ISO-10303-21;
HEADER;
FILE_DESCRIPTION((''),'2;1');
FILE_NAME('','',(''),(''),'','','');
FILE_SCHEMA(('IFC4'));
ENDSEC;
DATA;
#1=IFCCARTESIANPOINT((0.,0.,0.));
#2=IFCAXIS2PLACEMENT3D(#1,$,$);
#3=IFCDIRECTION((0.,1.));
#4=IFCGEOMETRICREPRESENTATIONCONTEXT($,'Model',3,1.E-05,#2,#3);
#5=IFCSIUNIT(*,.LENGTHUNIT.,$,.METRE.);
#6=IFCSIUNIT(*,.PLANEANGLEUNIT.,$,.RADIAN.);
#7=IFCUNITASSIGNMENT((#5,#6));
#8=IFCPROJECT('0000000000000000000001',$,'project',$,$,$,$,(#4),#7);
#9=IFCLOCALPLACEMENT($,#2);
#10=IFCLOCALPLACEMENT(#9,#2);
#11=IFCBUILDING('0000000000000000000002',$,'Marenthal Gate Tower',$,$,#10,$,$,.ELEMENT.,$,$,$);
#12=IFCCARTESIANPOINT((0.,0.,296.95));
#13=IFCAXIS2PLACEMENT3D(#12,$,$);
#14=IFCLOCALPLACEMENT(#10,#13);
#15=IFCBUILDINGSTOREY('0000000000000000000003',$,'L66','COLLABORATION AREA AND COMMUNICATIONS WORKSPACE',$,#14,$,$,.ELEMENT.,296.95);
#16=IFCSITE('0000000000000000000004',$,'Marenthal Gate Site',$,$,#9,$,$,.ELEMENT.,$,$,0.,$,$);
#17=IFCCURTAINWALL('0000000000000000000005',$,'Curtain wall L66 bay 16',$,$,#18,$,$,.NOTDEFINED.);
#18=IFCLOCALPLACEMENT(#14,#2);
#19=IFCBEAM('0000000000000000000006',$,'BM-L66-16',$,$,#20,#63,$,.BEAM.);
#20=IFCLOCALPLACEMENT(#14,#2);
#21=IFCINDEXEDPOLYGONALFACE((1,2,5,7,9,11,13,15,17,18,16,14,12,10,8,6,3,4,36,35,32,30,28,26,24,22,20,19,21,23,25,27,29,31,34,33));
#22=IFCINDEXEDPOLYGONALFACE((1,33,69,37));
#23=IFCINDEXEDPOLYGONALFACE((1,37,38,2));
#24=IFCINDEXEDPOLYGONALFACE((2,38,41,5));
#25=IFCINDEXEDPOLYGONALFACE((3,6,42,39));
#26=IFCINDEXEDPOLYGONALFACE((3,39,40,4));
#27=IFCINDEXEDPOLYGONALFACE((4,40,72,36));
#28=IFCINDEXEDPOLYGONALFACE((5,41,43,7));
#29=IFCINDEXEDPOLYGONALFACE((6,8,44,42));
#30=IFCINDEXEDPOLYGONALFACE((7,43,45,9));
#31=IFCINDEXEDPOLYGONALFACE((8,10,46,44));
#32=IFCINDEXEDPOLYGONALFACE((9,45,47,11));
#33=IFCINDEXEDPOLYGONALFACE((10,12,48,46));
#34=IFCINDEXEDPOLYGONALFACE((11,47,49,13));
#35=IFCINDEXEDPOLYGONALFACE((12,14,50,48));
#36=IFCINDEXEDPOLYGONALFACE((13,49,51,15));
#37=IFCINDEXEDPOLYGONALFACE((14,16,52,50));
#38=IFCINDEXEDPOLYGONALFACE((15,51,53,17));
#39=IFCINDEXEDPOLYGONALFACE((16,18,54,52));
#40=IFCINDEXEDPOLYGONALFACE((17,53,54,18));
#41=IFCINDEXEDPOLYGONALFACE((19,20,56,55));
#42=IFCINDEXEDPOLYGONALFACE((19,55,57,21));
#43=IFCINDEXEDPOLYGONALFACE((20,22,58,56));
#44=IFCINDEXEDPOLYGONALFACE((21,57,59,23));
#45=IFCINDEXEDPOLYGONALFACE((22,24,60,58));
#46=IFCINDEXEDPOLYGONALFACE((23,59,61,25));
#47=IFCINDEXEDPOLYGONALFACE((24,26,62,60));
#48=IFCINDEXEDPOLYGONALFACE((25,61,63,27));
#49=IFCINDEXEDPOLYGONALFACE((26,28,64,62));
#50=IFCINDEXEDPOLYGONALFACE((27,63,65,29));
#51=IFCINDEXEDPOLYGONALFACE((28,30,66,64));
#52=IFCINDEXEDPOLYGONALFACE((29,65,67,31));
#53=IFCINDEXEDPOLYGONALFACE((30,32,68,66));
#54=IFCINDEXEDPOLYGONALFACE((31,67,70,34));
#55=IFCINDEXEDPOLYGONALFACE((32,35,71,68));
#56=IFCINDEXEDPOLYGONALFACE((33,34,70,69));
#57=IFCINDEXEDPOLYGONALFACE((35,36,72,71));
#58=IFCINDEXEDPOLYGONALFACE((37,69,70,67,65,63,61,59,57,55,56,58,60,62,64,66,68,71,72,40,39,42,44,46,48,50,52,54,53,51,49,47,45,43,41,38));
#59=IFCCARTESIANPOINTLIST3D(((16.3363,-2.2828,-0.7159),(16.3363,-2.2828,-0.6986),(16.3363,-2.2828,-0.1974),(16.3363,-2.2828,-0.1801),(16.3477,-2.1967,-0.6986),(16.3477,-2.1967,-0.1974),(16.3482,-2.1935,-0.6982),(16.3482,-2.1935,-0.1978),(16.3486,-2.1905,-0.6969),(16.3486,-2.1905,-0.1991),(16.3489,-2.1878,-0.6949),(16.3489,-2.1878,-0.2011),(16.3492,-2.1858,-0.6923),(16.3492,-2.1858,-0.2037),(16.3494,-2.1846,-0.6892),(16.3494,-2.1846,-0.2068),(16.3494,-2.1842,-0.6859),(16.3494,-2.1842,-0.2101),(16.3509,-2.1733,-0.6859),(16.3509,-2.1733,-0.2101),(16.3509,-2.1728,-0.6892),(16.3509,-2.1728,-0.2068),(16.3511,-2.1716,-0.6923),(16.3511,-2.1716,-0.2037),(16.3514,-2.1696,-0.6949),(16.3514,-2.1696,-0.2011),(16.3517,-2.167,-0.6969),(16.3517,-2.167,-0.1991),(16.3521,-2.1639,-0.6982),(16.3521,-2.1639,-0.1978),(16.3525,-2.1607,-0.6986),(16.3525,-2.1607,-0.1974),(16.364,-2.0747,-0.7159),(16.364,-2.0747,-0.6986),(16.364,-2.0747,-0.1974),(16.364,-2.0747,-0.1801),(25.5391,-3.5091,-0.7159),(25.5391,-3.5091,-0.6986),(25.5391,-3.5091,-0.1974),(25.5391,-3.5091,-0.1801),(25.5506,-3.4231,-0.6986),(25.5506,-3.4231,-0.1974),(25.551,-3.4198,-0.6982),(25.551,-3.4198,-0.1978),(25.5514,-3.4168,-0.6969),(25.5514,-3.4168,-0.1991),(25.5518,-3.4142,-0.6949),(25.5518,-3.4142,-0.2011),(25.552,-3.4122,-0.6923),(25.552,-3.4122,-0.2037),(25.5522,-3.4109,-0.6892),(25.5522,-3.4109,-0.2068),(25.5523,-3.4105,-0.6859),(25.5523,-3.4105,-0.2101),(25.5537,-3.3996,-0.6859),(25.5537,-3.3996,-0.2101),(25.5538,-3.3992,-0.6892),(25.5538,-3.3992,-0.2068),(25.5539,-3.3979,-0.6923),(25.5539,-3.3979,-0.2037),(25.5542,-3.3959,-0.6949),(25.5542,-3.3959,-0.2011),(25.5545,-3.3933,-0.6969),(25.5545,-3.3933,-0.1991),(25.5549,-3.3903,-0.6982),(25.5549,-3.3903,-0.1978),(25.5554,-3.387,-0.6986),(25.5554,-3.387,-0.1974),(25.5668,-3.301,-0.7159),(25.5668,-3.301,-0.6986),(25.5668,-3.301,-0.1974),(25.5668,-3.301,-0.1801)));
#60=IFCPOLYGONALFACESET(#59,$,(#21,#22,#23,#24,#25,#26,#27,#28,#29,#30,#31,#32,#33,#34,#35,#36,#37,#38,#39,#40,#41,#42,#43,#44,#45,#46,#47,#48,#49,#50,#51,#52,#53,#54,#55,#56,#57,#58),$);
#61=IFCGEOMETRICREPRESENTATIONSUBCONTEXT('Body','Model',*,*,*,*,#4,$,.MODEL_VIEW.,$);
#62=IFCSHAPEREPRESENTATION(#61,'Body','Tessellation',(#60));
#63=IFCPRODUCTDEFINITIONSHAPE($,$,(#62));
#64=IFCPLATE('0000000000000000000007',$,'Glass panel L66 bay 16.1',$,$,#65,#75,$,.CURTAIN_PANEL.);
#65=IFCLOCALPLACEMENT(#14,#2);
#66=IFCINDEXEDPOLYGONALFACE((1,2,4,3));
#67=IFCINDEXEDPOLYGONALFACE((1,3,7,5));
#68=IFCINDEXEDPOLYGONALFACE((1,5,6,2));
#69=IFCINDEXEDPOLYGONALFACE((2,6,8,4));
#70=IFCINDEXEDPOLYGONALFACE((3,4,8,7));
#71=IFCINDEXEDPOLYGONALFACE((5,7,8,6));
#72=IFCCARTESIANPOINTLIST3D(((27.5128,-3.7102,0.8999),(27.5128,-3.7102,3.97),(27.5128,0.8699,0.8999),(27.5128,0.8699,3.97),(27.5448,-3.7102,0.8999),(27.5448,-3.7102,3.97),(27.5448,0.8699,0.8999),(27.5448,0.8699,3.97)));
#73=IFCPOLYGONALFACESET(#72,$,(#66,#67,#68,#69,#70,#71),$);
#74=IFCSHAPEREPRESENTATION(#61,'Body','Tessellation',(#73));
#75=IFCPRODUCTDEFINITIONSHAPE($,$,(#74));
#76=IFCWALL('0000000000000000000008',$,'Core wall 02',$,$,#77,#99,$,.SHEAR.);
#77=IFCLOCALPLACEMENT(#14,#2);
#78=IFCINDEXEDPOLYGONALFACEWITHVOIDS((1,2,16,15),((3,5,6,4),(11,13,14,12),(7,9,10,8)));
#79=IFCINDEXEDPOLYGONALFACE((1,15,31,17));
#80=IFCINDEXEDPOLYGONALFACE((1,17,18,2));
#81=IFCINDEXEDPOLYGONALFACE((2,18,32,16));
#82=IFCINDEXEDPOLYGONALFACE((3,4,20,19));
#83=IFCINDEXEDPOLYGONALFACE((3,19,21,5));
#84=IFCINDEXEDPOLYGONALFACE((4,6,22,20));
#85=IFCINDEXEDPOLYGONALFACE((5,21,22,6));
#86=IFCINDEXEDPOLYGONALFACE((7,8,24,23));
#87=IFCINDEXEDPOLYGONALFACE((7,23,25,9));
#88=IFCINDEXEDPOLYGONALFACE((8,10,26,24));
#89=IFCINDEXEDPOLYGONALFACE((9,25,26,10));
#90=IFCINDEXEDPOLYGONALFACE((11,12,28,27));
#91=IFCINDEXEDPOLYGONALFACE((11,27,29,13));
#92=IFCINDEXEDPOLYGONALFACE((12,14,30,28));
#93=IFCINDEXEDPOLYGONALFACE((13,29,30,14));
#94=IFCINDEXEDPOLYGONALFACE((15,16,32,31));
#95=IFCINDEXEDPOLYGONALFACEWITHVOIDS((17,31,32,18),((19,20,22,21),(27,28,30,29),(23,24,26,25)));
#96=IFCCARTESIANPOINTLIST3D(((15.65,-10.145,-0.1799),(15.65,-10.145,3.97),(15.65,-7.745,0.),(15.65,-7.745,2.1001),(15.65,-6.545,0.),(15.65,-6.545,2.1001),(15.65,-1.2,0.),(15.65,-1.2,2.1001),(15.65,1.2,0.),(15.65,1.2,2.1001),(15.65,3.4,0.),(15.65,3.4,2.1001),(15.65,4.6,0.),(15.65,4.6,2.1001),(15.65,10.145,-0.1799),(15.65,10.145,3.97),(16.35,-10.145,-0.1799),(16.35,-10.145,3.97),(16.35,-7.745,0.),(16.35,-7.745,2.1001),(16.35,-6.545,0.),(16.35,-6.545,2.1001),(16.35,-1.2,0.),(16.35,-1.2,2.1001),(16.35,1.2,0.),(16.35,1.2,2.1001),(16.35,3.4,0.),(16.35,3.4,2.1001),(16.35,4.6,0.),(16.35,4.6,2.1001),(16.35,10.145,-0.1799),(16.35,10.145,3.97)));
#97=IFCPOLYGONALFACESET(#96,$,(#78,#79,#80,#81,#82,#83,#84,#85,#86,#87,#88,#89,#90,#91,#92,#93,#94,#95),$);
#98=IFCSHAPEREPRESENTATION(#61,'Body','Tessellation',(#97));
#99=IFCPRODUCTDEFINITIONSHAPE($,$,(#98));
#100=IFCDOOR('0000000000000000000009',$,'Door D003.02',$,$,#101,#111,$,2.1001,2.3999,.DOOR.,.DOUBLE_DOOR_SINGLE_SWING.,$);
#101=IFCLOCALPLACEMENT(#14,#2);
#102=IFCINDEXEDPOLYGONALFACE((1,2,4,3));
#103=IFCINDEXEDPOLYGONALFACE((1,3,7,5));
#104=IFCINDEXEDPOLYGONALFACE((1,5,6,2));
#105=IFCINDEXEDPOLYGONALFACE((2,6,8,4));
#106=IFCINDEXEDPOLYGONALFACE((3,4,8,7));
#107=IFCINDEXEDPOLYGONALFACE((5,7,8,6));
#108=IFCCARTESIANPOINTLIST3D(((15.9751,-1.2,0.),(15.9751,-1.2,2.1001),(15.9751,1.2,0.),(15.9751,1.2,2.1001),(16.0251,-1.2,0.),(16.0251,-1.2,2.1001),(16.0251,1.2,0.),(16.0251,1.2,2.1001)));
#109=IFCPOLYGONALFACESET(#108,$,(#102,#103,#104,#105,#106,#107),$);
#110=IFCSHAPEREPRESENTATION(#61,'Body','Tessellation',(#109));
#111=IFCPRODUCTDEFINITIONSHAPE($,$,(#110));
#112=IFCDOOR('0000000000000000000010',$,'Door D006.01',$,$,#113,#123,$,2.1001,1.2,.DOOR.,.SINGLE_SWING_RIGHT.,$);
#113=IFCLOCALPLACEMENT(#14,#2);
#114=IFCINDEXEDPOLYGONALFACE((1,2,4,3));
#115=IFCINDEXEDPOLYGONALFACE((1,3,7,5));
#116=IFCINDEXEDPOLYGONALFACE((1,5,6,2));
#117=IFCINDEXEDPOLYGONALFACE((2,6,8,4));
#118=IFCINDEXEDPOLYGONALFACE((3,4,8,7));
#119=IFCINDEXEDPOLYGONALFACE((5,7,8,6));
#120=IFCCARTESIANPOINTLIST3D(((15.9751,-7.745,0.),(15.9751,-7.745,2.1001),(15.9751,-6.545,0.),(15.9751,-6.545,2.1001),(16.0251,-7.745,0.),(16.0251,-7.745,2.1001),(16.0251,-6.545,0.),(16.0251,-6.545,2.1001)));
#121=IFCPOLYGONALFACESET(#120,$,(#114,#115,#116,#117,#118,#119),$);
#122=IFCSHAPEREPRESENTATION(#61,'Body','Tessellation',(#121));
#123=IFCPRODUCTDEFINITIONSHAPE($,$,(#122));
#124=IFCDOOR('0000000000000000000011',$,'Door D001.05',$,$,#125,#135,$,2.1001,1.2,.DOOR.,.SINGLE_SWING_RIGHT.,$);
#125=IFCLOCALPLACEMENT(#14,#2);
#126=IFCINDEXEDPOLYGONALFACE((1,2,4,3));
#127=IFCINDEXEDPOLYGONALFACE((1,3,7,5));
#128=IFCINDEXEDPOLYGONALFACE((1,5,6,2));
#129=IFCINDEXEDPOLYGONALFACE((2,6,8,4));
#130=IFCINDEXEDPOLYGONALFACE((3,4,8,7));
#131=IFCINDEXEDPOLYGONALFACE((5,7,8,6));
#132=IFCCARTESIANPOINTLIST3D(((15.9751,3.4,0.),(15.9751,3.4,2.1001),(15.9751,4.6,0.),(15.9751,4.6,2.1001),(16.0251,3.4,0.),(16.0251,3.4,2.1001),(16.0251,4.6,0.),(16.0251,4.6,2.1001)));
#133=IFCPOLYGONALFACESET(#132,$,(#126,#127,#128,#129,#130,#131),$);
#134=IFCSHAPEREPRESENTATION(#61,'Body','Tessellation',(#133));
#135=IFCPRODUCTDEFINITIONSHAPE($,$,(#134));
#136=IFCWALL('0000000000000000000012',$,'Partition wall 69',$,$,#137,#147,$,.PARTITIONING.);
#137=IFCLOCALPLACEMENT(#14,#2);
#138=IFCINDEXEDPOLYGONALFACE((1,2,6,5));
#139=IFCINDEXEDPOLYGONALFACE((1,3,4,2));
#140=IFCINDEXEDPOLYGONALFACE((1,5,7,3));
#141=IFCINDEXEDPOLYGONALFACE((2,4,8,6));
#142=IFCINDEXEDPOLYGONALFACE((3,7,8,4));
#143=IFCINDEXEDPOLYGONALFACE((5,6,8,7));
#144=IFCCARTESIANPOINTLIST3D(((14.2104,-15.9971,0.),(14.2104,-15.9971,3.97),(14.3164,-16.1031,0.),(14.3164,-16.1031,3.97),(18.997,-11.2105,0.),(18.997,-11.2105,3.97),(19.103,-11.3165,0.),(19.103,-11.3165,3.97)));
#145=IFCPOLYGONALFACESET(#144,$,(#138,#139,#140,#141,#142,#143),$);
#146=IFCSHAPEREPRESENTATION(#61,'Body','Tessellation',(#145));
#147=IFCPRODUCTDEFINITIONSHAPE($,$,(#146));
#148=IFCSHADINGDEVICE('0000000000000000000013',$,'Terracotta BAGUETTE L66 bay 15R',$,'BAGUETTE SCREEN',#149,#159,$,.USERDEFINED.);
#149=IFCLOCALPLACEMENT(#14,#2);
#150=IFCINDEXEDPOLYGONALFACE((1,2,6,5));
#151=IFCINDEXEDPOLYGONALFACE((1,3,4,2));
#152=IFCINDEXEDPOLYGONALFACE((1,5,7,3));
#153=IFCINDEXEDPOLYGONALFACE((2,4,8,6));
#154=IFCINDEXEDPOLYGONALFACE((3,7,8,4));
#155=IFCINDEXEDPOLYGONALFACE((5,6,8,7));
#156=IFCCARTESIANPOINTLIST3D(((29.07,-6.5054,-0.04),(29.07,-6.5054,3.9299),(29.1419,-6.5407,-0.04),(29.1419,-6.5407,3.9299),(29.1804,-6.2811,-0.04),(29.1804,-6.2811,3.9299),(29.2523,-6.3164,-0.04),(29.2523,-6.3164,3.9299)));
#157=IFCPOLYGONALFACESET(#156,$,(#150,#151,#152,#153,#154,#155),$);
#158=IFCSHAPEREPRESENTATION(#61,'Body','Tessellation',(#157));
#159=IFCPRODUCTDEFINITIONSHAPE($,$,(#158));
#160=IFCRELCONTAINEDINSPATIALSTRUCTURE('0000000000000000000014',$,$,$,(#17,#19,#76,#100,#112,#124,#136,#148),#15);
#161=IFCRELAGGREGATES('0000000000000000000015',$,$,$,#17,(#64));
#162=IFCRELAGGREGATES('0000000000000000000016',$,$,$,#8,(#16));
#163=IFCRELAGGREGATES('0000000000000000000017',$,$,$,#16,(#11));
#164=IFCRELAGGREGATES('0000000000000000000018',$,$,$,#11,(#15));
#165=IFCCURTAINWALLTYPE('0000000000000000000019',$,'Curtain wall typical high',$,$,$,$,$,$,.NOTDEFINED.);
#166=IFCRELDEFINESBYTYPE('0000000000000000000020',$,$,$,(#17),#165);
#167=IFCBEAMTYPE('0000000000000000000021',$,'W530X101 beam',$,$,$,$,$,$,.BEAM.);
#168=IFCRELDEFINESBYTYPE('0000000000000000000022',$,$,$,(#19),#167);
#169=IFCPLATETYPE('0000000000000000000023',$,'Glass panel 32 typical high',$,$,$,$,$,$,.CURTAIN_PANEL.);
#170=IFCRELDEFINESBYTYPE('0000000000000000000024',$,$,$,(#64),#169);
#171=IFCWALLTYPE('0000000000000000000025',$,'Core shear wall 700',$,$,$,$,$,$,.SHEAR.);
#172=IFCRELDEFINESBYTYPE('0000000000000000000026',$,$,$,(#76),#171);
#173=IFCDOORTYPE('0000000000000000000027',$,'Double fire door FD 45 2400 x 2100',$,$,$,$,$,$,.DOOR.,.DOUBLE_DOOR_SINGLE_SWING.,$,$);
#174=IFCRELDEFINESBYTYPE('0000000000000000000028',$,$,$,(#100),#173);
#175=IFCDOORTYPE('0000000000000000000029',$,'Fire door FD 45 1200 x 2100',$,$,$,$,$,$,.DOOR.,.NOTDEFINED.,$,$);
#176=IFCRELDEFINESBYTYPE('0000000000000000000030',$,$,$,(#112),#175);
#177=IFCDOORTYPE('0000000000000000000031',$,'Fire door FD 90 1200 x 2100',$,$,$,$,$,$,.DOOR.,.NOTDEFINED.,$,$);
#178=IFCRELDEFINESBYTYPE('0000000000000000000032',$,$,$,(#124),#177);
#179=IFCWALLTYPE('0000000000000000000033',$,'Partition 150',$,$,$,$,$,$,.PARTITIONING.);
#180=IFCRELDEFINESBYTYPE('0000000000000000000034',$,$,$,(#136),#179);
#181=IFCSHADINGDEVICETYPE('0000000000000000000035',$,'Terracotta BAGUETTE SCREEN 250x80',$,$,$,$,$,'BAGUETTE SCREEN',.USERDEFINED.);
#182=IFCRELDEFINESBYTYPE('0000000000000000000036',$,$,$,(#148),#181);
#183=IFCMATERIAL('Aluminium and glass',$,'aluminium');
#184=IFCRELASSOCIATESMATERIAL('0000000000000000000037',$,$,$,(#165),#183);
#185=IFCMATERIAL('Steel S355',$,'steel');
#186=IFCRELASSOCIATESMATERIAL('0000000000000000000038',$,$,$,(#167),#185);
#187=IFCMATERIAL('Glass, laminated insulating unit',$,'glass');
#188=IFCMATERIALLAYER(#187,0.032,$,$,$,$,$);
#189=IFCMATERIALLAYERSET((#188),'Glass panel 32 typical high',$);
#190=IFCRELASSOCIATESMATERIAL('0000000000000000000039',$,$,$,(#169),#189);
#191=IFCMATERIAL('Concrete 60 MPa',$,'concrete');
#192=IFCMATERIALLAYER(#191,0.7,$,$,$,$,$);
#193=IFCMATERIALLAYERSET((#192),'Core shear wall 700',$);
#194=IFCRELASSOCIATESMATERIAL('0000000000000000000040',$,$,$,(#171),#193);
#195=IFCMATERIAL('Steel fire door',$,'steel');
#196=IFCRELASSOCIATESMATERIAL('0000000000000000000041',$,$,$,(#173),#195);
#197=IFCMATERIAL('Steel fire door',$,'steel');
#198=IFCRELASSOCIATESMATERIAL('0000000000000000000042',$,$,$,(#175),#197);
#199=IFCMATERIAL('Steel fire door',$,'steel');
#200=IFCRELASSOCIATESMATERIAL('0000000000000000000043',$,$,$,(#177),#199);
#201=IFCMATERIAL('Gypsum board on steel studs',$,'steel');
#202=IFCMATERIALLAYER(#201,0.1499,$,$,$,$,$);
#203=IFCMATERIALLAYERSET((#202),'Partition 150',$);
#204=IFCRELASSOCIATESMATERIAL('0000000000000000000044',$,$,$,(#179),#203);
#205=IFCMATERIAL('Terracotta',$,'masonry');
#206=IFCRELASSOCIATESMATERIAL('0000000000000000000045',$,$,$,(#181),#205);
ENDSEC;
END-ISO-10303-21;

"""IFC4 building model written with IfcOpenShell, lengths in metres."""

from ifc_helpers import new_model, si_unit, direction, frame, frame_2d, origin, origin_2d, place, context, subcontext, project, spatial, rectangle, i_section, extrude, material, layer, layer_set, material_profile, profile_set, type_object, element, fill, aggregate, save


model = new_model("IFC4")

# Units and contexts
model_context = context("Model", 3, precision=1e-05, world=origin(), true_north=direction((0.0, 1.0)))
body_context = subcontext(model_context, "Body", "Model", "MODEL_VIEW")
ifc_project = project(units=[si_unit("LENGTHUNIT", "METRE"), si_unit("PLANEANGLEUNIT", "RADIAN")], contexts=[model_context])

# Site, building, storey
site_placement = place(None, origin())
site = spatial("IfcSite", under=ifc_project, at=site_placement, Name="Marenthal Gate Site", CompositionType="ELEMENT", RefElevation=0.0)
building_placement = place(site_placement, origin())
building = spatial("IfcBuilding", under=site, at=building_placement, Name="Marenthal Gate Tower", CompositionType="ELEMENT")
storey_placement = place(building_placement, frame((0.0, 0.0, 296.95)))
storey = spatial("IfcBuildingStorey", under=building, at=storey_placement, Name="L66", Description="COLLABORATION AREA AND COMMUNICATIONS WORKSPACE", CompositionType="ELEMENT", Elevation=296.95)

# Curtain wall
ifc_material_1 = material(Name="Aluminium and glass", Category="aluminium")
curtain_wall_type = type_object("IfcCurtainWallType", Name="Curtain wall typical high", PredefinedType="NOTDEFINED", material=ifc_material_1)
curtain_wall_placement = place(storey_placement, origin())
curtain_wall = element("IfcCurtainWall", 1, at=curtain_wall_placement, inside=storey, type_object=curtain_wall_type, Name="Curtain wall L66 bay 16", PredefinedType="NOTDEFINED")

# Beam
ifc_material_2 = material(Name="Steel S355", Category="steel")
ifc_material_profile_1 = material_profile(ifc_material_2, i_section(OverallWidth=0.21, OverallDepth=0.5359, WebThickness=0.011, FlangeThickness=0.0173, FilletRadius=0.0127, at=origin_2d()), Name="W530X101")
ifc_profile_set_1 = profile_set([ifc_material_profile_1], Name="Steel S355")
beam_type_1 = type_object("IfcBeamType", Name="W530X101 beam", PredefinedType="BEAM", material=ifc_profile_set_1)
beam_1_placement = place(storey_placement, frame((25.553, -3.405, -0.448), z_axis=(-0.991238, 0.132086, 0.0), x_axis=(-0.132086, -0.991238, 0.0)))
element("IfcBeam", 2, at=beam_1_placement, inside=storey, type_object=beam_type_1, Name="BM-L66-16", PredefinedType="BEAM", context=body_context, shape_type="SweptSolid", body=[
    extrude(i_section(OverallWidth=0.21, OverallDepth=0.5359, WebThickness=0.011, FlangeThickness=0.0173, FilletRadius=0.0127, at=origin_2d()), origin(), (0.0, 0.0, 1.0), 9.2842),
])

# Plate
ifc_material_3 = material(Name="Glass, laminated insulating unit", Category="glass")
ifc_layer_1 = layer(ifc_material_3, 0.032)
ifc_layer_set_1 = layer_set([ifc_layer_1], Name="Glass panel 32 typical high")
plate_type = type_object("IfcPlateType", Name="Glass panel 32 typical high", PredefinedType="CURTAIN_PANEL", material=ifc_layer_set_1)
plate_placement = place(storey_placement, frame((27.5288, -1.4202, 0.8999), z_axis=(0.0, 0.0, 1.0), x_axis=(0.0, 1.0, 0.0)))
plate = element("IfcPlate", 3, at=plate_placement, type_object=plate_type, Name="Glass panel L66 bay 16.1", PredefinedType="CURTAIN_PANEL", context=body_context, shape_type="SweptSolid", body=[
    extrude(rectangle(XDim=4.5801, YDim=0.032, at=origin_2d()), origin(), (0.0, 0.0, 1.0), 3.0701),
])
aggregate(curtain_wall, [plate])

# Wall, openings, doors
ifc_material_4 = material(Name="Concrete 60 MPa", Category="concrete")
ifc_layer_2 = layer(ifc_material_4, 0.7)
ifc_layer_set_2 = layer_set([ifc_layer_2], Name="Core shear wall 700")
wall_type_1 = type_object("IfcWallType", Name="Core shear wall 700", PredefinedType="SHEAR", material=ifc_layer_set_2)
wall_1_placement = place(storey_placement, frame((16.0, -10.145, -0.1799), z_axis=(0.0, 0.0, 1.0), x_axis=(0.0, 1.0, 0.0)))
wall_1 = element("IfcWall", 4, at=wall_1_placement, inside=storey, type_object=wall_type_1, Name="Core wall 02", PredefinedType="SHEAR", context=body_context, shape_type="SweptSolid", body=[
    extrude(rectangle(XDim=20.29, YDim=0.7, at=frame_2d((10.145, 0.0))), origin(), (0.0, 0.0, 1.0), 4.1499),
])
opening_1_placement = place(wall_1_placement, frame((8.9451, 0.0, 0.1799)))
opening_1 = element("IfcOpeningElement", 5, at=opening_1_placement, cuts=wall_1, PredefinedType="OPENING", context=body_context, shape_type="SweptSolid", body=[
    extrude(rectangle(XDim=2.3999, YDim=2.1001, at=frame_2d((1.2, 1.05))), frame((0.0, 0.3599, 0.0), z_axis=(0.0, -1.0, 0.0), x_axis=(1.0, 0.0, 0.0)), (0.0, 0.0, 1.0), 0.72),
])
opening_2_placement = place(wall_1_placement, frame((13.5449, 0.0, 0.1799)))
opening_2 = element("IfcOpeningElement", 6, at=opening_2_placement, cuts=wall_1, PredefinedType="OPENING", context=body_context, shape_type="SweptSolid", body=[
    extrude(rectangle(XDim=1.2, YDim=2.1001, at=frame_2d((0.6001, 1.05))), frame((0.0, 0.3599, 0.0), z_axis=(0.0, -1.0, 0.0), x_axis=(1.0, 0.0, 0.0)), (0.0, 0.0, 1.0), 0.72),
])
opening_3_placement = place(wall_1_placement, frame((2.3999, 0.0, 0.1799)))
opening_3 = element("IfcOpeningElement", 7, at=opening_3_placement, cuts=wall_1, PredefinedType="OPENING", context=body_context, shape_type="SweptSolid", body=[
    extrude(rectangle(XDim=1.2, YDim=2.1001, at=frame_2d((0.6001, 1.05))), frame((0.0, 0.3599, 0.0), z_axis=(0.0, -1.0, 0.0), x_axis=(1.0, 0.0, 0.0)), (0.0, 0.0, 1.0), 0.72),
])
ifc_material_5 = material(Name="Steel fire door", Category="steel")
door_type_1 = type_object("IfcDoorType", Name="Double fire door FD 45 2400 x 2100", OperationType="DOUBLE_DOOR_SINGLE_SWING", PredefinedType="DOOR", material=ifc_material_5)
door_1_placement = place(opening_1_placement, origin())
door_1 = element("IfcDoor", 8, at=door_1_placement, inside=storey, type_object=door_type_1, Name="Door D003.02", OperationType="DOUBLE_DOOR_SINGLE_SWING", OverallHeight=2.1001, OverallWidth=2.3999, PredefinedType="DOOR", context=body_context, shape_type="SweptSolid", body=[
    extrude(rectangle(XDim=2.3999, YDim=2.1001, at=frame_2d((1.2, 1.05))), frame((0.0, 0.0249, 0.0), z_axis=(0.0, -1.0, 0.0), x_axis=(1.0, 0.0, 0.0)), (0.0, 0.0, 1.0), 0.05),
])
fill(opening_1, door_1)
ifc_material_6 = material(Name="Steel fire door", Category="steel")
door_type_2 = type_object("IfcDoorType", Name="Fire door FD 45 1200 x 2100", OperationType="NOTDEFINED", PredefinedType="DOOR", material=ifc_material_6)
door_2_placement = place(opening_3_placement, origin())
door_2 = element("IfcDoor", 9, at=door_2_placement, inside=storey, type_object=door_type_2, Name="Door D006.01", OperationType="SINGLE_SWING_RIGHT", OverallHeight=2.1001, OverallWidth=1.2, PredefinedType="DOOR", context=body_context, shape_type="SweptSolid", body=[
    extrude(rectangle(XDim=1.2, YDim=2.1001, at=frame_2d((0.6001, 1.05))), frame((0.0, 0.0249, 0.0), z_axis=(0.0, -1.0, 0.0), x_axis=(1.0, 0.0, 0.0)), (0.0, 0.0, 1.0), 0.05),
])
fill(opening_3, door_2)
ifc_material_7 = material(Name="Steel fire door", Category="steel")
door_type_3 = type_object("IfcDoorType", Name="Fire door FD 90 1200 x 2100", OperationType="NOTDEFINED", PredefinedType="DOOR", material=ifc_material_7)
door_3_placement = place(opening_2_placement, origin())
door_3 = element("IfcDoor", 10, at=door_3_placement, inside=storey, type_object=door_type_3, Name="Door D001.05", OperationType="SINGLE_SWING_RIGHT", OverallHeight=2.1001, OverallWidth=1.2, PredefinedType="DOOR", context=body_context, shape_type="SweptSolid", body=[
    extrude(rectangle(XDim=1.2, YDim=2.1001, at=frame_2d((0.6001, 1.05))), frame((0.0, 0.0249, 0.0), z_axis=(0.0, -1.0, 0.0), x_axis=(1.0, 0.0, 0.0)), (0.0, 0.0, 1.0), 0.05),
])
fill(opening_2, door_3)

# Wall
ifc_material_8 = material(Name="Gypsum board on steel studs", Category="steel")
ifc_layer_3 = layer(ifc_material_8, 0.1499)
ifc_layer_set_3 = layer_set([ifc_layer_3], Name="Partition 150")
wall_type_2 = type_object("IfcWallType", Name="Partition 150", PredefinedType="PARTITIONING", material=ifc_layer_set_3)
wall_2_placement = place(storey_placement, frame((19.05, -11.2634, 0.0), z_axis=(0.0, 0.0, 1.0), x_axis=(-0.707107, -0.707107, 0.0)))
element("IfcWall", 11, at=wall_2_placement, inside=storey, type_object=wall_type_2, Name="Partition wall 69", PredefinedType="PARTITIONING", context=body_context, shape_type="SweptSolid", body=[
    extrude(rectangle(XDim=6.7693, YDim=0.1499, at=frame_2d((3.3848, 0.0))), origin(), (0.0, 0.0, 1.0), 3.97),
])

# Shading device
ifc_material_9 = material(Name="Terracotta", Category="masonry")
ifc_material_profile_2 = material_profile(ifc_material_9, rectangle(XDim=0.25, YDim=0.0801, at=origin_2d()), Name="Terracotta baguette 250x80")
ifc_profile_set_2 = profile_set([ifc_material_profile_2], Name="Terracotta")
shading_device_type = type_object("IfcShadingDeviceType", Name="Terracotta BAGUETTE SCREEN 250x80", ElementType="BAGUETTE SCREEN", PredefinedType="USERDEFINED", material=ifc_profile_set_2)
shading_device_placement = place(storey_placement, frame((29.1611, -6.4109, -0.04), z_axis=(0.0, 0.0, 1.0), x_axis=(0.441624, 0.8972, 0.0)))
element("IfcShadingDevice", 12, at=shading_device_placement, inside=storey, type_object=shading_device_type, Name="Terracotta BAGUETTE L66 bay 15R", ObjectType="BAGUETTE SCREEN", PredefinedType="USERDEFINED", context=body_context, shape_type="SweptSolid", body=[
    extrude(rectangle(XDim=0.25, YDim=0.0801, at=origin_2d()), origin(), (0.0, 0.0, 1.0), 3.97),
])

save(model, "model.ifc")
